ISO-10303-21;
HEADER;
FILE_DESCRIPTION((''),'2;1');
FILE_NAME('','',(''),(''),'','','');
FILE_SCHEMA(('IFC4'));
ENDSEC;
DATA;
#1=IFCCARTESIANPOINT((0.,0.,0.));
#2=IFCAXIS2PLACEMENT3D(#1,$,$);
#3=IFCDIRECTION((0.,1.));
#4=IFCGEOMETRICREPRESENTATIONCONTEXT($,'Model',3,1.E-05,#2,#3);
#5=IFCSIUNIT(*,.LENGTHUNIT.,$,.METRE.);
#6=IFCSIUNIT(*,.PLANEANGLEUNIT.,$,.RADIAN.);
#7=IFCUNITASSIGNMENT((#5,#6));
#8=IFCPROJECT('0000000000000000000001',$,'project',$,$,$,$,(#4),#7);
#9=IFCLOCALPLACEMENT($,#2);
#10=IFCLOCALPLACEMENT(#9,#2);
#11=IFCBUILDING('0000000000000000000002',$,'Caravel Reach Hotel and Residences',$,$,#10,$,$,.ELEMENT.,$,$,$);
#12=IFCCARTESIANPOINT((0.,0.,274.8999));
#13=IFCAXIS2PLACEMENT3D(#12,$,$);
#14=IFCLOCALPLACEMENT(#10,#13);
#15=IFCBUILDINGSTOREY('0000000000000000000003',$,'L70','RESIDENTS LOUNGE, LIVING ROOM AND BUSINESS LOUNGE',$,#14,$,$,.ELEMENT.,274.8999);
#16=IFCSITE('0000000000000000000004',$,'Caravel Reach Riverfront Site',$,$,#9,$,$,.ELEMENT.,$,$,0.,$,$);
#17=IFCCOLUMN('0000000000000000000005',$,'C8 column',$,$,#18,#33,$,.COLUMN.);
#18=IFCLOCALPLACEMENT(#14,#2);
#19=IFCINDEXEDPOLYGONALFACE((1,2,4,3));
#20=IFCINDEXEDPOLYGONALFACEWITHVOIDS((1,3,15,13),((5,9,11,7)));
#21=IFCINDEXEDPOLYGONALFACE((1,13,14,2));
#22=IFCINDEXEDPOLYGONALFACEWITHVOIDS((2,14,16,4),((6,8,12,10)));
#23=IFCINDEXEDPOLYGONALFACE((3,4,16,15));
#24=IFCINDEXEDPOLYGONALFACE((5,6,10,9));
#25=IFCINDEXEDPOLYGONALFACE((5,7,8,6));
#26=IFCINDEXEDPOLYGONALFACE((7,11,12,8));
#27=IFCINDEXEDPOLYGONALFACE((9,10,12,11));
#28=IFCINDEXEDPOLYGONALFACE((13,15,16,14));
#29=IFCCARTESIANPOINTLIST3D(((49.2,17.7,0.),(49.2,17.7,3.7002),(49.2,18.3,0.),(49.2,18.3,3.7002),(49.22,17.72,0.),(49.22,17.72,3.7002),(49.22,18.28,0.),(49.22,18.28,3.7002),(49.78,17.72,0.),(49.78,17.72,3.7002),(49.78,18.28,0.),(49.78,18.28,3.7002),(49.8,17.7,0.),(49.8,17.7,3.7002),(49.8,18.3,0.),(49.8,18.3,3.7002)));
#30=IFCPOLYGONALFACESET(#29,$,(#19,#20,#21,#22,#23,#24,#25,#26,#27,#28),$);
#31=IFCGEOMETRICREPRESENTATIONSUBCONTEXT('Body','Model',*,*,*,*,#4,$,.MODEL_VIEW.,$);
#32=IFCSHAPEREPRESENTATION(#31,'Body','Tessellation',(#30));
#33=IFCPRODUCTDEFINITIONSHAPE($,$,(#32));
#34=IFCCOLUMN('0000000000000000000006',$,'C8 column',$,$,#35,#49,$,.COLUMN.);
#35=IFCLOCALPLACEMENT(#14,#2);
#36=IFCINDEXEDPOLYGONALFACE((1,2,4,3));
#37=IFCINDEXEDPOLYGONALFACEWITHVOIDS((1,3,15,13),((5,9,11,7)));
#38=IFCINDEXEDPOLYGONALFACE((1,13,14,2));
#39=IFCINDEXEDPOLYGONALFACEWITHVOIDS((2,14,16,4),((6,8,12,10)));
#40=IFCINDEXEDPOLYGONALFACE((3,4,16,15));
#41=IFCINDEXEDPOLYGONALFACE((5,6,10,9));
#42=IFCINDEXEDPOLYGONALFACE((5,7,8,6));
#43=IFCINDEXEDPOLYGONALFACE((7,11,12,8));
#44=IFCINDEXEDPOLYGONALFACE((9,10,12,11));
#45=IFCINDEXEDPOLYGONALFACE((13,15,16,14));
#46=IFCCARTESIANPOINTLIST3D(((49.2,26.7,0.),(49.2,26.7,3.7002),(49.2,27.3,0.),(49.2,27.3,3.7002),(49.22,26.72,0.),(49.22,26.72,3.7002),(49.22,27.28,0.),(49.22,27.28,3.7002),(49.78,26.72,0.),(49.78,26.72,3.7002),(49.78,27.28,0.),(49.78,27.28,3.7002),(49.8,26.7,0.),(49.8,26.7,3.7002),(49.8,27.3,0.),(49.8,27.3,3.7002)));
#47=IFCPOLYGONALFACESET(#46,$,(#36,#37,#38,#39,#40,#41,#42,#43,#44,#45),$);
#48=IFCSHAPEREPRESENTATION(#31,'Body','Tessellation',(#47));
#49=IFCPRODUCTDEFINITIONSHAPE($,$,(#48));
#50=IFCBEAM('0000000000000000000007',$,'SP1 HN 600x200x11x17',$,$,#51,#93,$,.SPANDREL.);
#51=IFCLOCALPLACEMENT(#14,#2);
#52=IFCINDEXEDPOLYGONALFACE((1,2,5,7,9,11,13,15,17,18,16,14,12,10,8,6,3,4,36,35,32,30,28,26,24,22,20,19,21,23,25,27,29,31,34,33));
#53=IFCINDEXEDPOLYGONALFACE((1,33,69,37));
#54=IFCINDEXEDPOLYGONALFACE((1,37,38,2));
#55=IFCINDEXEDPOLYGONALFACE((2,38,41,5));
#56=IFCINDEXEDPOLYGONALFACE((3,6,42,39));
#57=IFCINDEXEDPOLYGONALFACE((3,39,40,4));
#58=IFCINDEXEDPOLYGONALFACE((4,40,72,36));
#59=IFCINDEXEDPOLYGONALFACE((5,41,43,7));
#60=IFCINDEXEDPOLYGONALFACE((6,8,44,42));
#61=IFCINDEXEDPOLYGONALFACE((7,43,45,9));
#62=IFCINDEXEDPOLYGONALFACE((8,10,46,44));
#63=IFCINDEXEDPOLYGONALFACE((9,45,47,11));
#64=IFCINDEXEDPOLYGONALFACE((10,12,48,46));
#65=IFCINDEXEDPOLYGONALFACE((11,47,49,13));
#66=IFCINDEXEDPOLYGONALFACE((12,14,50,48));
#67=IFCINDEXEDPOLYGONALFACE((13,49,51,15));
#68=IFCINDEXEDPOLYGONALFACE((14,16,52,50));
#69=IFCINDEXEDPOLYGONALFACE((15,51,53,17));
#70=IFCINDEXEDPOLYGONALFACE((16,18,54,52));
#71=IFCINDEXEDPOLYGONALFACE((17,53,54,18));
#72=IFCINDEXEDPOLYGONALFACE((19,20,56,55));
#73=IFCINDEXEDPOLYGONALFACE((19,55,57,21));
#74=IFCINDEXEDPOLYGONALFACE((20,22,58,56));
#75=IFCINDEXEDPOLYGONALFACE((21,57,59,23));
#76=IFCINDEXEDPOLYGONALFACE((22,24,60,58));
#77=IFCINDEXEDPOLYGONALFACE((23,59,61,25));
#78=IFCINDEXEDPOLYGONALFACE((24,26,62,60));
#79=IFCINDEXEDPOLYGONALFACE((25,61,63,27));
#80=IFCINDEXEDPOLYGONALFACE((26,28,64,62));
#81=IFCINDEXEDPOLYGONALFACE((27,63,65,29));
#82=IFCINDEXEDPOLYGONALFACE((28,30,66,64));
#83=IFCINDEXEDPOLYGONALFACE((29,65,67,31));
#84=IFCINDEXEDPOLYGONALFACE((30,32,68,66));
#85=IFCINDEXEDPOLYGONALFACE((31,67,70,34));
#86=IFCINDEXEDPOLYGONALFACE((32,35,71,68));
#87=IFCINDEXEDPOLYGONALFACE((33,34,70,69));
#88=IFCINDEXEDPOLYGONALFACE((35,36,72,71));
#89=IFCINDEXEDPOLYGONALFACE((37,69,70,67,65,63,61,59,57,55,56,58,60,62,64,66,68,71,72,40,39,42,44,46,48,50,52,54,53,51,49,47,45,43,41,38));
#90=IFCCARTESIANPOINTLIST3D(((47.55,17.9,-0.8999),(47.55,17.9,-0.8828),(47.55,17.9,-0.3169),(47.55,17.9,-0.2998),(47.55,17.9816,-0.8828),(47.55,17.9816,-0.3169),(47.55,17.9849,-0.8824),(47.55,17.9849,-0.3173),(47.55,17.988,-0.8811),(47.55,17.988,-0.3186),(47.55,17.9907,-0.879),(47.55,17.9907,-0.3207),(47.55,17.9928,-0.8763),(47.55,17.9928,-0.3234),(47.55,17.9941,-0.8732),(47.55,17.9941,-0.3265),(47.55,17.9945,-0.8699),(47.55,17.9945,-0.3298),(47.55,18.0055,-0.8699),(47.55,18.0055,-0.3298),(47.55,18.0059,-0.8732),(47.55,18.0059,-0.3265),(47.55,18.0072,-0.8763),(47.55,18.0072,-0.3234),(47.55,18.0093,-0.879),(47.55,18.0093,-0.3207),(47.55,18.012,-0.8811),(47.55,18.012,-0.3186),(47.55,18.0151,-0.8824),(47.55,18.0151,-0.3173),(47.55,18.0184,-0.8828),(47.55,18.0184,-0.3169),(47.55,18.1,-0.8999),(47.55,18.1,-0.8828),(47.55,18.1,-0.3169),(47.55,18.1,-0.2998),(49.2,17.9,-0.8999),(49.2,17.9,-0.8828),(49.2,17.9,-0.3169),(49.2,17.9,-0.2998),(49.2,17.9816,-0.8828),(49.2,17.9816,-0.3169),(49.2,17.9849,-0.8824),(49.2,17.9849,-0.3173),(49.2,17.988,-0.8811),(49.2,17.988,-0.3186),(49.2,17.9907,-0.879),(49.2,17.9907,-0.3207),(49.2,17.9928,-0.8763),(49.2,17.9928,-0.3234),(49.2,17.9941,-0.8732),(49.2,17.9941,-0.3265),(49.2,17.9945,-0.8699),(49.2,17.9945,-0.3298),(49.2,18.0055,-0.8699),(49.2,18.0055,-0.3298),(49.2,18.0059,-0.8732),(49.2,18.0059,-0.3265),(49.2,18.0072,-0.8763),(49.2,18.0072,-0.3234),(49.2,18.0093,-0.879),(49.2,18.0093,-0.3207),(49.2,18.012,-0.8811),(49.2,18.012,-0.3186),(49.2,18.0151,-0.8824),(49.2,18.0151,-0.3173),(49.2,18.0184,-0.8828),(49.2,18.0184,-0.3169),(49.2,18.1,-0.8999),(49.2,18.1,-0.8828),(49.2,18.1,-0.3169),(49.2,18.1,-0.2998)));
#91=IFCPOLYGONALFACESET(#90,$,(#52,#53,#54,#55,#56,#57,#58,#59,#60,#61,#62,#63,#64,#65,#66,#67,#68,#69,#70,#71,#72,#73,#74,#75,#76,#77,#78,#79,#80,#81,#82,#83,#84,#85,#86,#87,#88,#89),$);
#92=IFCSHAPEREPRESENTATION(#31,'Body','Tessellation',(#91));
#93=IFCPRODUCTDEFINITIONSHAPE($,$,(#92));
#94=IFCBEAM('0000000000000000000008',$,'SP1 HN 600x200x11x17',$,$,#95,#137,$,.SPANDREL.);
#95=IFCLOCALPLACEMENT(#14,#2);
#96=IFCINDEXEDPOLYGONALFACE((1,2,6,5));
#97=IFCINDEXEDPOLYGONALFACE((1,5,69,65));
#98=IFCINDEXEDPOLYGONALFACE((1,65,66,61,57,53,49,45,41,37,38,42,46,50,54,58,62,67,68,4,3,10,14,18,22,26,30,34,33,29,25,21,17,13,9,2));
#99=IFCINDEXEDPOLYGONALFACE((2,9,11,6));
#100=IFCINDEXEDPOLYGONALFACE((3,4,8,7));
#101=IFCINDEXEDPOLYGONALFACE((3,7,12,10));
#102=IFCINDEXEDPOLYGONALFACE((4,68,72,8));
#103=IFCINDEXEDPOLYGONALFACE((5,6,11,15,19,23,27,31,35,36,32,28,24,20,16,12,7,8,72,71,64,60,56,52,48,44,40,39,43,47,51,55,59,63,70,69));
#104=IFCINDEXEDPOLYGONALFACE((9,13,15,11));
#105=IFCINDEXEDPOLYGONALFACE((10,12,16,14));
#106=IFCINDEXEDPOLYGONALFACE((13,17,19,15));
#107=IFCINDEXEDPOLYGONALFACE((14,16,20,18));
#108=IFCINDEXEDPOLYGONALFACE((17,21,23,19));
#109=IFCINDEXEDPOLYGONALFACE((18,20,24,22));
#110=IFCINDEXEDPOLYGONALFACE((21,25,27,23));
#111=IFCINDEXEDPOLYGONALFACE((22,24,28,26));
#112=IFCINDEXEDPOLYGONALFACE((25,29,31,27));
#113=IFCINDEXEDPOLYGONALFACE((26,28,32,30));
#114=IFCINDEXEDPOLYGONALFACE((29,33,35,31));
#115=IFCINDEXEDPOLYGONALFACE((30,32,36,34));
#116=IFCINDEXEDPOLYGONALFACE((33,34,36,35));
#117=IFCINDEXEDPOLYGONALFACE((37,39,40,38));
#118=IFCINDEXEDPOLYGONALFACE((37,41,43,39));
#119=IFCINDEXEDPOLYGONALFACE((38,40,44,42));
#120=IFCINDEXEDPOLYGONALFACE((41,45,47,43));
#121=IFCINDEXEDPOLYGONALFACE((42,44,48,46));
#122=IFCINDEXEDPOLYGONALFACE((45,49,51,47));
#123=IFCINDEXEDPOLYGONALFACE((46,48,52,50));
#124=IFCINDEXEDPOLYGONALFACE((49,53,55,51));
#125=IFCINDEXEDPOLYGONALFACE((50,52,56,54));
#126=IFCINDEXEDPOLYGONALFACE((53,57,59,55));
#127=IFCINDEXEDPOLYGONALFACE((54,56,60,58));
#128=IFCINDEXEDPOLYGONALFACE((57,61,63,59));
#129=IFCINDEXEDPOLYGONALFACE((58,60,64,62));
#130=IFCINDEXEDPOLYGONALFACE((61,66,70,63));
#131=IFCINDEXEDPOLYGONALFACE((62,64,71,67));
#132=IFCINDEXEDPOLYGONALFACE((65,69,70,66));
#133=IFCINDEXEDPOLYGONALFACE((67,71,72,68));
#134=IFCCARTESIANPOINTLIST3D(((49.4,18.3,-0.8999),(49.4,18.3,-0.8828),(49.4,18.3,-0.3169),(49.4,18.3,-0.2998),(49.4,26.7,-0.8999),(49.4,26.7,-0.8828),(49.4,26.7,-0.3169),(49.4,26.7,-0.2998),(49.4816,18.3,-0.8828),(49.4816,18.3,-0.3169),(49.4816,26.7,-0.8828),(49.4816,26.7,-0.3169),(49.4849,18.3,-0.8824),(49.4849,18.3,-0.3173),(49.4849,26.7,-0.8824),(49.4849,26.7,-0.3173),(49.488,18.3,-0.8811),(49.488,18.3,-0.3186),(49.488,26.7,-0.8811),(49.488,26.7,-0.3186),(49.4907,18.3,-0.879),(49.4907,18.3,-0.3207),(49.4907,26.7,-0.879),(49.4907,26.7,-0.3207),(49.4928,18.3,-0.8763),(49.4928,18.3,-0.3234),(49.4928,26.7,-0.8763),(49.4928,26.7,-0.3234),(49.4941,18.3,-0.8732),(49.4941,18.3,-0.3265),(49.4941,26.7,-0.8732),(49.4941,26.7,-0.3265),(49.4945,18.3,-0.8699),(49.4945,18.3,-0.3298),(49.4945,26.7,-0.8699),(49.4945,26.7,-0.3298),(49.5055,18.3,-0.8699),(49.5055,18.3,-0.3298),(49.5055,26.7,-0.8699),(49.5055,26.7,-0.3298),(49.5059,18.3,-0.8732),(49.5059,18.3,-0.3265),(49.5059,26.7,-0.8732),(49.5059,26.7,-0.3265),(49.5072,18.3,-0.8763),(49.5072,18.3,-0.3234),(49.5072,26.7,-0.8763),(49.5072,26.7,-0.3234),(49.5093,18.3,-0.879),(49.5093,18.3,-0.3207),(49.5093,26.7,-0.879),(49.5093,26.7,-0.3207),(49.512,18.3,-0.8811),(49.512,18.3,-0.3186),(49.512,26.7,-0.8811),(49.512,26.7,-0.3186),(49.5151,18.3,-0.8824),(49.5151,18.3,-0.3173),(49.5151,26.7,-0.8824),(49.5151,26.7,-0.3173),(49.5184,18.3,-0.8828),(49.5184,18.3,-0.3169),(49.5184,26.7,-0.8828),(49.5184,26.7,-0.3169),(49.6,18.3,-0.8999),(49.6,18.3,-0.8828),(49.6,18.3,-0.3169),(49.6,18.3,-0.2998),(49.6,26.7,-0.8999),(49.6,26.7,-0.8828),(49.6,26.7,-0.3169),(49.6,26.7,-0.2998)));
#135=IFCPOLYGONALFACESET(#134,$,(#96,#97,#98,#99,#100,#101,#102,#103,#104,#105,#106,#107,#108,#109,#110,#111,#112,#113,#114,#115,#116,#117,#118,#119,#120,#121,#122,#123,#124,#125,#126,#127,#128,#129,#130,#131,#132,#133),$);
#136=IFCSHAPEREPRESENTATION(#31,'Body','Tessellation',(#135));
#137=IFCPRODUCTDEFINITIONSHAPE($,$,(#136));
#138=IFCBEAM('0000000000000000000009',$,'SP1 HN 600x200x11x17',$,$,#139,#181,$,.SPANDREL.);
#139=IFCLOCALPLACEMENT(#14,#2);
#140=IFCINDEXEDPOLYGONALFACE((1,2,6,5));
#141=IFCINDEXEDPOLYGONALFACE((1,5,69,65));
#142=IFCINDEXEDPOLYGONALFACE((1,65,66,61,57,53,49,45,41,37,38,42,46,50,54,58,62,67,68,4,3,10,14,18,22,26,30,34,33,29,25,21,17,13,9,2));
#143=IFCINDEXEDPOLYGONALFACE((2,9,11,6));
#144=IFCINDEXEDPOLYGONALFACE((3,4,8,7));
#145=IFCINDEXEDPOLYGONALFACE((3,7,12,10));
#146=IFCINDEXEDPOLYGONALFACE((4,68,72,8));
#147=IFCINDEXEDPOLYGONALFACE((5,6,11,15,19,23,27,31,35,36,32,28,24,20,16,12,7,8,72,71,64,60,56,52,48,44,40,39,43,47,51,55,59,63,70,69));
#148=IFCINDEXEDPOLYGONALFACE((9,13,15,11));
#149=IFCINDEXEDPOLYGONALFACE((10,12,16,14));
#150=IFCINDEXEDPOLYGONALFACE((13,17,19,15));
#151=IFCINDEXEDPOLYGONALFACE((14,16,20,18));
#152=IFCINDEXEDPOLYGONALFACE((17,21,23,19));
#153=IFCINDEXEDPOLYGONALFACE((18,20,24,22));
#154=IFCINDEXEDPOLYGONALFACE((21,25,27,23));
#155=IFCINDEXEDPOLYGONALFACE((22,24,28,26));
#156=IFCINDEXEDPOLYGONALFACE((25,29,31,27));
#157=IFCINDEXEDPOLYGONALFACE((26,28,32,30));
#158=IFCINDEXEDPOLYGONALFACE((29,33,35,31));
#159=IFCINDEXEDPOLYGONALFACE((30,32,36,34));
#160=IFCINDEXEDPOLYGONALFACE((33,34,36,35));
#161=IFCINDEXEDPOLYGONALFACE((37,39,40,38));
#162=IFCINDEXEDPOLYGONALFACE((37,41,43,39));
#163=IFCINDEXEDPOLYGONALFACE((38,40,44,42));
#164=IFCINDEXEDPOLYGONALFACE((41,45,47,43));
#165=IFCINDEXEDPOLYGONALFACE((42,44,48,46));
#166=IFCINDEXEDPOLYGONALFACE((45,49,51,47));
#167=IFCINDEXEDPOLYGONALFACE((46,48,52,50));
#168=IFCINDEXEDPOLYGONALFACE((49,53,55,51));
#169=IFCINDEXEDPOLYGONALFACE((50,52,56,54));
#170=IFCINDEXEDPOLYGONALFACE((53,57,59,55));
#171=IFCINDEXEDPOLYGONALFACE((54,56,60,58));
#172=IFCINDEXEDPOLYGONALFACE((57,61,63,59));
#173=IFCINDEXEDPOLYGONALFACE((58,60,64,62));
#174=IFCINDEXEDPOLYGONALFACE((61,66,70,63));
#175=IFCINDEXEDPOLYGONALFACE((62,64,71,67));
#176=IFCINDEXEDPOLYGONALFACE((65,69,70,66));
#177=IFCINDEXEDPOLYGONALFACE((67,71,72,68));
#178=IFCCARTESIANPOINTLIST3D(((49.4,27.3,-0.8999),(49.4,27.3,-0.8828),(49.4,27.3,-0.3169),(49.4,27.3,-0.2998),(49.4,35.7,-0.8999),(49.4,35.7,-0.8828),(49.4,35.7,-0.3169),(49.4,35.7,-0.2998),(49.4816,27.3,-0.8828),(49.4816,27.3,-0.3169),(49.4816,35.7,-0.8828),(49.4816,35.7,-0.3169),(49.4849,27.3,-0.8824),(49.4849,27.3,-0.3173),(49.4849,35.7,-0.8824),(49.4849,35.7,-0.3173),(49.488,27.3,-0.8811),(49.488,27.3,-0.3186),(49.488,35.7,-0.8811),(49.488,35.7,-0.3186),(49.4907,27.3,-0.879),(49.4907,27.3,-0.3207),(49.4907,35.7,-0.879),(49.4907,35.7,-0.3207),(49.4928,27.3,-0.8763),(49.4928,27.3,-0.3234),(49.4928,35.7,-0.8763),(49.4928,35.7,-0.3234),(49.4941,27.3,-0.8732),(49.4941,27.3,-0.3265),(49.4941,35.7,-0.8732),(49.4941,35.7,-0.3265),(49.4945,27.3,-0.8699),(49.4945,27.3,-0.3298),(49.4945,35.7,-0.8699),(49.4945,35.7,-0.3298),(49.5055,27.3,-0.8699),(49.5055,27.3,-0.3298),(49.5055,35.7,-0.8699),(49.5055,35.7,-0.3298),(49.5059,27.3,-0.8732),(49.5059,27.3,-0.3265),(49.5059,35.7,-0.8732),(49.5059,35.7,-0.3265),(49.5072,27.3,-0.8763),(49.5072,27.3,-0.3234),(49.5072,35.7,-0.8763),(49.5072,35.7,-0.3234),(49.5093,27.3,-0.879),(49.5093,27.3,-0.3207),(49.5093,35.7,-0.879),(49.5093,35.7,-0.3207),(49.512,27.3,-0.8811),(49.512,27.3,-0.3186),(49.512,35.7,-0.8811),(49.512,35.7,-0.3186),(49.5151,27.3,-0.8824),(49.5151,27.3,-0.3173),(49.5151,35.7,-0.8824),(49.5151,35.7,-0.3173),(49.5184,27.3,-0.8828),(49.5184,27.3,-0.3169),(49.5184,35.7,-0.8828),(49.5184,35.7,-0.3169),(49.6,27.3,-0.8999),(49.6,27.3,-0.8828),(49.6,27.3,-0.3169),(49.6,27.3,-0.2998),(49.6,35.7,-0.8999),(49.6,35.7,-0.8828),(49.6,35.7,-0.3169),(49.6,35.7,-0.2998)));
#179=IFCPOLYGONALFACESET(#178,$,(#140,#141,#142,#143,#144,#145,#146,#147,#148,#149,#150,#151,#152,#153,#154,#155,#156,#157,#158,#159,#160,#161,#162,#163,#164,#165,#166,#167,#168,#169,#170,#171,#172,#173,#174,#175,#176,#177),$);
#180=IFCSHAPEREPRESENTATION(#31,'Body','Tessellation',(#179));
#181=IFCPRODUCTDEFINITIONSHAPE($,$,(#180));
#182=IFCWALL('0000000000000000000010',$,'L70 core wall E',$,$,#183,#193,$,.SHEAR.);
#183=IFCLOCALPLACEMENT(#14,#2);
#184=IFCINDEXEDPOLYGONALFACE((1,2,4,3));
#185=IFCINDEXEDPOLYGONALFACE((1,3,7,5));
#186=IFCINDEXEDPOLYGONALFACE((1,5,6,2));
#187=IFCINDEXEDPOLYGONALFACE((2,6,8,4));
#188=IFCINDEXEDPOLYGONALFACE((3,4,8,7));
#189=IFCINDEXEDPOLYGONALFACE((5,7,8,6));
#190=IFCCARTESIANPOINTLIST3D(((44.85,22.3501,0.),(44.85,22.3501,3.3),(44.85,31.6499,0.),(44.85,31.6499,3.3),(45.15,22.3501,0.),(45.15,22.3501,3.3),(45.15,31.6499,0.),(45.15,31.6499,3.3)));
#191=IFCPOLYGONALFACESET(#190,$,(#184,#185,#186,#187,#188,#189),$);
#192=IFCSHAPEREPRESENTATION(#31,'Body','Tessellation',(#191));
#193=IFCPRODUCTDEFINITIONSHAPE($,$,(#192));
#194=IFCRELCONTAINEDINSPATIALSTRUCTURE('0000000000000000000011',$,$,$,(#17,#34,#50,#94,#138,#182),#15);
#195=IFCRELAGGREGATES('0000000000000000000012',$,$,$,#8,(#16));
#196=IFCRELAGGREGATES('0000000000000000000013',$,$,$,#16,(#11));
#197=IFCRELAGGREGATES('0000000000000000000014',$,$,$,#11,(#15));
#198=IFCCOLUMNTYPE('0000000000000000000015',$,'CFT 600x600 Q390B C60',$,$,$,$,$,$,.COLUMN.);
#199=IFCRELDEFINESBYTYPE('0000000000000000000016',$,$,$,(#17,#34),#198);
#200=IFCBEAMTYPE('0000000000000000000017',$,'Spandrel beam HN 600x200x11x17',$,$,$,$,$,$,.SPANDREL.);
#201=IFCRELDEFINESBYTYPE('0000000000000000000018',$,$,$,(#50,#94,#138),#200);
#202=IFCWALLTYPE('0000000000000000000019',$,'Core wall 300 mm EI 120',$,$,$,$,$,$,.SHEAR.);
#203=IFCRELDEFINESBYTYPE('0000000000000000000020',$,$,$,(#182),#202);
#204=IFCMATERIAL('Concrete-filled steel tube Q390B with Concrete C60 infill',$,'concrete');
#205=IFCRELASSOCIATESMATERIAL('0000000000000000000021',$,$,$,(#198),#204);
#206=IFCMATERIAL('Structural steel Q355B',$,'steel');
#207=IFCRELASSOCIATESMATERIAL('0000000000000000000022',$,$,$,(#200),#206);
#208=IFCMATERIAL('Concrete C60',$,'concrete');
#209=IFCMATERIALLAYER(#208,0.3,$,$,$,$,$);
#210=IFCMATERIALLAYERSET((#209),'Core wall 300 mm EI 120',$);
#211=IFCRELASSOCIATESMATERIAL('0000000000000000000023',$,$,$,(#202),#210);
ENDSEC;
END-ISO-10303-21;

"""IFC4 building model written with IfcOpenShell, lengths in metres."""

from ifc_helpers import new_model, si_unit, direction, frame, frame_2d, origin, origin_2d, place, context, subcontext, project, spatial, rectangle, hollow_rectangle, i_section, extrude, material, layer, layer_set, material_profile, profile_set, type_object, element, save


model = new_model("IFC4")

# Units and contexts
model_context = context("Model", 3, precision=1e-05, world=origin(), true_north=direction((0.0, 1.0)))
body_context = subcontext(model_context, "Body", "Model", "MODEL_VIEW")
ifc_project = project(units=[si_unit("LENGTHUNIT", "METRE"), si_unit("PLANEANGLEUNIT", "RADIAN")], contexts=[model_context])

# Site, building, storey
site_placement = place(None, origin())
site = spatial("IfcSite", under=ifc_project, at=site_placement, Name="Caravel Reach Riverfront Site", CompositionType="ELEMENT", RefElevation=0.0)
building_placement = place(site_placement, origin())
building = spatial("IfcBuilding", under=site, at=building_placement, Name="Caravel Reach Hotel and Residences", CompositionType="ELEMENT")
storey_placement = place(building_placement, frame((0.0, 0.0, 274.8999)))
storey = spatial("IfcBuildingStorey", under=building, at=storey_placement, Name="L70", Description="RESIDENTS LOUNGE, LIVING ROOM AND BUSINESS LOUNGE", CompositionType="ELEMENT", Elevation=274.8999)

# Columns
ifc_material_1 = material(Name="Concrete-filled steel tube Q390B with Concrete C60 infill", Category="concrete")
ifc_material_profile_1 = material_profile(ifc_material_1, hollow_rectangle(XDim=0.6001, YDim=0.6001, WallThickness=0.02, at=origin_2d()), Name="RHS 600x600x20")
ifc_profile_set_1 = profile_set([ifc_material_profile_1], Name="Concrete-filled steel tube Q390B with Concrete C60 infill")
column_type = type_object("IfcColumnType", Name="CFT 600x600 Q390B C60", PredefinedType="COLUMN", material=ifc_profile_set_1)
for number, where, z_axis, x_axis, name in (
    (1, (49.5, 18.0, 0.0), (0.0, 0.0, 1.0), (1.0, 0.0, 0.0), "C8 column"),
    (2, (49.5, 27.0, 0.0), (0.0, 0.0, 1.0), (1.0, 0.0, 0.0), "C8 column"),
):
    element("IfcColumn", number, at=place(storey_placement, frame(where, z_axis=z_axis, x_axis=x_axis)), inside=storey, type_object=column_type, Name=name, PredefinedType="COLUMN", context=body_context, shape_type="SweptSolid", body=[
        extrude(hollow_rectangle(XDim=0.6001, YDim=0.6001, WallThickness=0.02, at=origin_2d()), origin(), (0.0, 0.0, 1.0), 3.7002),
    ])

# Beams
ifc_material_2 = material(Name="Structural steel Q355B", Category="steel")
ifc_material_profile_2 = material_profile(ifc_material_2, i_section(OverallWidth=0.2, OverallDepth=0.6001, WebThickness=0.011, FlangeThickness=0.0171, FilletRadius=0.0129, at=origin_2d()), Name="HN 600x200x11x17")
ifc_profile_set_2 = profile_set([ifc_material_profile_2], Name="Structural steel Q355B")
beam_type = type_object("IfcBeamType", Name="Spandrel beam HN 600x200x11x17", PredefinedType="SPANDREL", material=ifc_profile_set_2)
beam_placement = place(storey_placement, frame((47.55, 18.0, -0.5999), z_axis=(1.0, 0.0, 0.0), x_axis=(0.0, 1.0, 0.0)))
element("IfcBeam", 3, at=beam_placement, inside=storey, type_object=beam_type, Name="SP1 HN 600x200x11x17", PredefinedType="SPANDREL", context=body_context, shape_type="SweptSolid", body=[
    extrude(i_section(OverallWidth=0.2, OverallDepth=0.6001, WebThickness=0.011, FlangeThickness=0.0171, FilletRadius=0.0129, at=origin_2d()), origin(), (0.0, 0.0, 1.0), 1.6499),
])
for number, where, z_axis, x_axis, name in (
    (4, (49.5, 18.3, -0.5999), (0.0, 1.0, 0.0), (-1.0, 0.0, 0.0), "SP1 HN 600x200x11x17"),
    (5, (49.5, 27.3, -0.5999), (0.0, 1.0, 0.0), (-1.0, 0.0, 0.0), "SP1 HN 600x200x11x17"),
):
    element("IfcBeam", number, at=place(storey_placement, frame(where, z_axis=z_axis, x_axis=x_axis)), inside=storey, type_object=beam_type, Name=name, PredefinedType="SPANDREL", context=body_context, shape_type="SweptSolid", body=[
        extrude(i_section(OverallWidth=0.2, OverallDepth=0.6001, WebThickness=0.011, FlangeThickness=0.0171, FilletRadius=0.0129, at=origin_2d()), origin(), (0.0, 0.0, 1.0), 8.3999),
    ])

# Wall
ifc_material_3 = material(Name="Concrete C60", Category="concrete")
ifc_layer_1 = layer(ifc_material_3, 0.3)
ifc_layer_set_1 = layer_set([ifc_layer_1], Name="Core wall 300 mm EI 120")
wall_type_1 = type_object("IfcWallType", Name="Core wall 300 mm EI 120", PredefinedType="SHEAR", material=ifc_layer_set_1)
wall_1_placement = place(storey_placement, frame((45.0, 22.3501, 0.0), z_axis=(0.0, 0.0, 1.0), x_axis=(0.0, 1.0, 0.0)))
element("IfcWall", 6, at=wall_1_placement, inside=storey, type_object=wall_type_1, Name="L70 core wall E", PredefinedType="SHEAR", context=body_context, shape_type="SweptSolid", body=[
    extrude(rectangle(XDim=9.2998, YDim=0.3, at=frame_2d((4.6499, 0.0))), origin(), (0.0, 0.0, 1.0), 3.3),
])

save(model, "model.ifc")
